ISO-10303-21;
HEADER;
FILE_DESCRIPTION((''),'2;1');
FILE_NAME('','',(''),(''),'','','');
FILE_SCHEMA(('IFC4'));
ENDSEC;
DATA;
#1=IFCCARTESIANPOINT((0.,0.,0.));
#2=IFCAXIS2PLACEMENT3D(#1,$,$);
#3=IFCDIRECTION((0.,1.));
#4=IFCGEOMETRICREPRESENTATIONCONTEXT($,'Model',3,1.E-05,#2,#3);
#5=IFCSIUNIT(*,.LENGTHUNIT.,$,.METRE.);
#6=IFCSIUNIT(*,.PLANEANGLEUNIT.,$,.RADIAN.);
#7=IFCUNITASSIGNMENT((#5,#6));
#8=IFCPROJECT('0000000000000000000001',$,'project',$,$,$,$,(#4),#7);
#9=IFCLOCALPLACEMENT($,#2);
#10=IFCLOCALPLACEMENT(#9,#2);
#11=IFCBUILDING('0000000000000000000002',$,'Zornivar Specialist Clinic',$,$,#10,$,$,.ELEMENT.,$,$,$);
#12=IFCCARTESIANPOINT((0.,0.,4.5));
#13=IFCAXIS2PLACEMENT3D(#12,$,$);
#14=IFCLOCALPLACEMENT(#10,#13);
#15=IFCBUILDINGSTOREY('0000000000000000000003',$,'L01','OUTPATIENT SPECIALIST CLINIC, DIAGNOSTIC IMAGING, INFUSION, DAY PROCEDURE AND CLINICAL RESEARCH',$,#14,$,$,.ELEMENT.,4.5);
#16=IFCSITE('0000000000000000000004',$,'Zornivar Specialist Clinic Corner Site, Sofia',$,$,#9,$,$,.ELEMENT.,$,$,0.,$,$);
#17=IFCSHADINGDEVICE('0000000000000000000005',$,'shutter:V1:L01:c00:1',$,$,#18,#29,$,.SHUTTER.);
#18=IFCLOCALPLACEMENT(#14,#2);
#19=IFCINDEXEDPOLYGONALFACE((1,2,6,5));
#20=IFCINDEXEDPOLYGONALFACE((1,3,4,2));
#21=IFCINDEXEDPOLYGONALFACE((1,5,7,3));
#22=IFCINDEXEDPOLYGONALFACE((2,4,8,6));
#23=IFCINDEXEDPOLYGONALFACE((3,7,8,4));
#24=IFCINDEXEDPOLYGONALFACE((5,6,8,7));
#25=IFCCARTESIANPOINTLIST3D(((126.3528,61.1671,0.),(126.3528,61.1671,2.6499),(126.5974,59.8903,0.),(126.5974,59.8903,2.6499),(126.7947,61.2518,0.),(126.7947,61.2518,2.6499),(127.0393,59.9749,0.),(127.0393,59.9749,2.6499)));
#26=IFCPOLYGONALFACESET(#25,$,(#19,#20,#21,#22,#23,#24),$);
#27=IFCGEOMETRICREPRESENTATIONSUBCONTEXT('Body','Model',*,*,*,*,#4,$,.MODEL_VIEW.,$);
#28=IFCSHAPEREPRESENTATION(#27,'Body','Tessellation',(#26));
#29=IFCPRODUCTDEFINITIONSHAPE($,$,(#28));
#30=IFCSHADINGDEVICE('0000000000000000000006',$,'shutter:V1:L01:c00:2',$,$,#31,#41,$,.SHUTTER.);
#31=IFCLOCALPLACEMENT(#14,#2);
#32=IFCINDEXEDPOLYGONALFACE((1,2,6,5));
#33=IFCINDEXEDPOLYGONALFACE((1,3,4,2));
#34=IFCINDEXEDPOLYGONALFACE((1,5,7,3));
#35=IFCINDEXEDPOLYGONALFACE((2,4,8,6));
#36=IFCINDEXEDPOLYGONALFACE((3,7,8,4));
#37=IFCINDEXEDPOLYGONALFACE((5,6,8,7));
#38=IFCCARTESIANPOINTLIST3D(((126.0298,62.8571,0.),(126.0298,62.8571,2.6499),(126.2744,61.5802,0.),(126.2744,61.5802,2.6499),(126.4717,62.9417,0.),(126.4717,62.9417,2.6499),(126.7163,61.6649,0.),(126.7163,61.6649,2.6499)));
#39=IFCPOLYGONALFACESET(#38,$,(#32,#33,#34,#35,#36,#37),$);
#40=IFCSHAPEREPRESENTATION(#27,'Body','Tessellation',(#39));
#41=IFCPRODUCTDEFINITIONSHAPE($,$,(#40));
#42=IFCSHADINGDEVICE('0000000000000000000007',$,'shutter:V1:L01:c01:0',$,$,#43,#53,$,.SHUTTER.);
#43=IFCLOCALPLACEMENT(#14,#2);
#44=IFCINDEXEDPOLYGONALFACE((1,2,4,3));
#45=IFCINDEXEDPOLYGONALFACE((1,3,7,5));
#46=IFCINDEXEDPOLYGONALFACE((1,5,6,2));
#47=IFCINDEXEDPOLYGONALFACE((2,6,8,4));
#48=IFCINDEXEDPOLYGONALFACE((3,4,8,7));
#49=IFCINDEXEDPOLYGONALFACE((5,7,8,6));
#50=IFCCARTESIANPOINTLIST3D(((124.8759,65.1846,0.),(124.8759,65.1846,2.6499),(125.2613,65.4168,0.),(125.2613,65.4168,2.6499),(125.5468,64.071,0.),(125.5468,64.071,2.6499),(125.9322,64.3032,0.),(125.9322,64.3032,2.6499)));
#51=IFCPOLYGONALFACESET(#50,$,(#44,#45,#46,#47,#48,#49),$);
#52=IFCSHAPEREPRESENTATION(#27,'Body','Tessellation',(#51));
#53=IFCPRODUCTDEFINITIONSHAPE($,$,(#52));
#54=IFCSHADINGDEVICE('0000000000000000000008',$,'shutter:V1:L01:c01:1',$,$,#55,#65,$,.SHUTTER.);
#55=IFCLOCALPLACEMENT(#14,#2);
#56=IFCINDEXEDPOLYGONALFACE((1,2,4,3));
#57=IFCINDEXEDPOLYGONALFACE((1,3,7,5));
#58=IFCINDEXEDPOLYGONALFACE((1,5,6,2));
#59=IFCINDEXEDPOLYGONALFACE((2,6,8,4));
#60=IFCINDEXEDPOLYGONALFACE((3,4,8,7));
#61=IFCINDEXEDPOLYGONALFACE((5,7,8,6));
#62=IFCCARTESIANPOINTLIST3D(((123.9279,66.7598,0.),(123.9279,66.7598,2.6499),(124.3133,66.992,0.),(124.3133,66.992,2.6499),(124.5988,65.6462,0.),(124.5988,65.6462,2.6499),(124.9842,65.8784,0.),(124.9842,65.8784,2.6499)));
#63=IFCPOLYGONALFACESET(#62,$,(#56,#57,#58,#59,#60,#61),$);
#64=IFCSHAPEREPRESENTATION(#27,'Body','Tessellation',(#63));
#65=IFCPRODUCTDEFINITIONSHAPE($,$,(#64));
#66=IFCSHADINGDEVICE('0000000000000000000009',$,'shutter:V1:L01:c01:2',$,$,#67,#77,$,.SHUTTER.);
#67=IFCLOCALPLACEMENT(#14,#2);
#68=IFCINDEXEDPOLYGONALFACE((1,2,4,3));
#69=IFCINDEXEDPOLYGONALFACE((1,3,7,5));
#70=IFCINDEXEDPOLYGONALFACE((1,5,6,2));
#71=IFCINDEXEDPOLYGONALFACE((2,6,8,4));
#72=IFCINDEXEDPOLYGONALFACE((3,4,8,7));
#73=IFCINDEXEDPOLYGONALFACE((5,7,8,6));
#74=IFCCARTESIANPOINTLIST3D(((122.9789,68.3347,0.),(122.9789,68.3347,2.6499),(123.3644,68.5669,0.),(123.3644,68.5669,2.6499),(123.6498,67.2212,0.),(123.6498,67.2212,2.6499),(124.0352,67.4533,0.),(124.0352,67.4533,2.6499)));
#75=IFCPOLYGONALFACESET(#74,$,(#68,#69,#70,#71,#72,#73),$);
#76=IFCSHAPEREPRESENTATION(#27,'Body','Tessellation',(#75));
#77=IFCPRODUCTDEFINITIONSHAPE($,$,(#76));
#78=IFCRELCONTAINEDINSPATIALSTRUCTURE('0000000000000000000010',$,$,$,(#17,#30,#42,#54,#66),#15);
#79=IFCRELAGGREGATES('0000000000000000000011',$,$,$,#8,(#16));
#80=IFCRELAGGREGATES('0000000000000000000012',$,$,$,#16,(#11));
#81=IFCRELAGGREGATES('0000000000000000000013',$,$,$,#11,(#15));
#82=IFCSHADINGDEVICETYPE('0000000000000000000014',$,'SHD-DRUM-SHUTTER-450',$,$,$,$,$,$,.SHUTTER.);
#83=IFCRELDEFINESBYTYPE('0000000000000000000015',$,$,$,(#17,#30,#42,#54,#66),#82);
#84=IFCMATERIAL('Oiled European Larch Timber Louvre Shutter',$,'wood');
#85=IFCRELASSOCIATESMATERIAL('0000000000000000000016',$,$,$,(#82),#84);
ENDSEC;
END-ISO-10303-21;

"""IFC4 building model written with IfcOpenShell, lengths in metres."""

from ifc_helpers import new_model, si_unit, direction, frame, origin, origin_2d, place, context, subcontext, project, spatial, rectangle, extrude, material, type_object, element, save


model = new_model("IFC4")

# Units and contexts
model_context = context("Model", 3, precision=1e-05, world=origin(), true_north=direction((0.0, 1.0)))
body_context = subcontext(model_context, "Body", "Model", "MODEL_VIEW")
ifc_project = project(units=[si_unit("LENGTHUNIT", "METRE"), si_unit("PLANEANGLEUNIT", "RADIAN")], contexts=[model_context])

# Site, building, storey
site_placement = place(None, origin())
site = spatial("IfcSite", under=ifc_project, at=site_placement, Name="Zornivar Specialist Clinic Corner Site, Sofia", CompositionType="ELEMENT", RefElevation=0.0)
building_placement = place(site_placement, origin())
building = spatial("IfcBuilding", under=site, at=building_placement, Name="Zornivar Specialist Clinic", CompositionType="ELEMENT")
storey_placement = place(building_placement, frame((0.0, 0.0, 4.5)))
storey = spatial("IfcBuildingStorey", under=building, at=storey_placement, Name="L01", Description="OUTPATIENT SPECIALIST CLINIC, DIAGNOSTIC IMAGING, INFUSION, DAY PROCEDURE AND CLINICAL RESEARCH", CompositionType="ELEMENT", Elevation=4.5)

# Shading devices
ifc_material_1 = material(Name="Oiled European Larch Timber Louvre Shutter", Category="wood")
shading_device_type = type_object("IfcShadingDeviceType", Name="SHD-DRUM-SHUTTER-450", PredefinedType="SHUTTER", material=ifc_material_1)
for number, where, z_axis, x_axis, name in (
    (1, (126.696, 60.571, 0.0), (0.0, 0.0, 1.0), (-0.188099, 0.98215, 0.0), "shutter:V1:L01:c00:1"),
    (2, (126.373, 62.261, 0.0), (0.0, 0.0, 1.0), (-0.188099, 0.98215, 0.0), "shutter:V1:L01:c00:2"),
    (3, (125.4041, 64.7439, 0.0), (0.0, 0.0, 1.0), (-0.516018, 0.856578, 0.0), "shutter:V1:L01:c01:0"),
    (4, (124.4561, 66.3191, 0.0), (0.0, 0.0, 1.0), (-0.516018, 0.856578, 0.0), "shutter:V1:L01:c01:1"),
    (5, (123.5071, 67.894, 0.0), (0.0, 0.0, 1.0), (-0.516018, 0.856578, 0.0), "shutter:V1:L01:c01:2"),
):
    element("IfcShadingDevice", number, at=place(storey_placement, frame(where, z_axis=z_axis, x_axis=x_axis)), inside=storey, type_object=shading_device_type, Name=name, PredefinedType="SHUTTER", context=body_context, shape_type="SweptSolid", body=[
        extrude(rectangle(XDim=1.3, YDim=0.45, at=origin_2d()), origin(), (0.0, 0.0, 1.0), 2.6499),
    ])

save(model, "model.ifc")
